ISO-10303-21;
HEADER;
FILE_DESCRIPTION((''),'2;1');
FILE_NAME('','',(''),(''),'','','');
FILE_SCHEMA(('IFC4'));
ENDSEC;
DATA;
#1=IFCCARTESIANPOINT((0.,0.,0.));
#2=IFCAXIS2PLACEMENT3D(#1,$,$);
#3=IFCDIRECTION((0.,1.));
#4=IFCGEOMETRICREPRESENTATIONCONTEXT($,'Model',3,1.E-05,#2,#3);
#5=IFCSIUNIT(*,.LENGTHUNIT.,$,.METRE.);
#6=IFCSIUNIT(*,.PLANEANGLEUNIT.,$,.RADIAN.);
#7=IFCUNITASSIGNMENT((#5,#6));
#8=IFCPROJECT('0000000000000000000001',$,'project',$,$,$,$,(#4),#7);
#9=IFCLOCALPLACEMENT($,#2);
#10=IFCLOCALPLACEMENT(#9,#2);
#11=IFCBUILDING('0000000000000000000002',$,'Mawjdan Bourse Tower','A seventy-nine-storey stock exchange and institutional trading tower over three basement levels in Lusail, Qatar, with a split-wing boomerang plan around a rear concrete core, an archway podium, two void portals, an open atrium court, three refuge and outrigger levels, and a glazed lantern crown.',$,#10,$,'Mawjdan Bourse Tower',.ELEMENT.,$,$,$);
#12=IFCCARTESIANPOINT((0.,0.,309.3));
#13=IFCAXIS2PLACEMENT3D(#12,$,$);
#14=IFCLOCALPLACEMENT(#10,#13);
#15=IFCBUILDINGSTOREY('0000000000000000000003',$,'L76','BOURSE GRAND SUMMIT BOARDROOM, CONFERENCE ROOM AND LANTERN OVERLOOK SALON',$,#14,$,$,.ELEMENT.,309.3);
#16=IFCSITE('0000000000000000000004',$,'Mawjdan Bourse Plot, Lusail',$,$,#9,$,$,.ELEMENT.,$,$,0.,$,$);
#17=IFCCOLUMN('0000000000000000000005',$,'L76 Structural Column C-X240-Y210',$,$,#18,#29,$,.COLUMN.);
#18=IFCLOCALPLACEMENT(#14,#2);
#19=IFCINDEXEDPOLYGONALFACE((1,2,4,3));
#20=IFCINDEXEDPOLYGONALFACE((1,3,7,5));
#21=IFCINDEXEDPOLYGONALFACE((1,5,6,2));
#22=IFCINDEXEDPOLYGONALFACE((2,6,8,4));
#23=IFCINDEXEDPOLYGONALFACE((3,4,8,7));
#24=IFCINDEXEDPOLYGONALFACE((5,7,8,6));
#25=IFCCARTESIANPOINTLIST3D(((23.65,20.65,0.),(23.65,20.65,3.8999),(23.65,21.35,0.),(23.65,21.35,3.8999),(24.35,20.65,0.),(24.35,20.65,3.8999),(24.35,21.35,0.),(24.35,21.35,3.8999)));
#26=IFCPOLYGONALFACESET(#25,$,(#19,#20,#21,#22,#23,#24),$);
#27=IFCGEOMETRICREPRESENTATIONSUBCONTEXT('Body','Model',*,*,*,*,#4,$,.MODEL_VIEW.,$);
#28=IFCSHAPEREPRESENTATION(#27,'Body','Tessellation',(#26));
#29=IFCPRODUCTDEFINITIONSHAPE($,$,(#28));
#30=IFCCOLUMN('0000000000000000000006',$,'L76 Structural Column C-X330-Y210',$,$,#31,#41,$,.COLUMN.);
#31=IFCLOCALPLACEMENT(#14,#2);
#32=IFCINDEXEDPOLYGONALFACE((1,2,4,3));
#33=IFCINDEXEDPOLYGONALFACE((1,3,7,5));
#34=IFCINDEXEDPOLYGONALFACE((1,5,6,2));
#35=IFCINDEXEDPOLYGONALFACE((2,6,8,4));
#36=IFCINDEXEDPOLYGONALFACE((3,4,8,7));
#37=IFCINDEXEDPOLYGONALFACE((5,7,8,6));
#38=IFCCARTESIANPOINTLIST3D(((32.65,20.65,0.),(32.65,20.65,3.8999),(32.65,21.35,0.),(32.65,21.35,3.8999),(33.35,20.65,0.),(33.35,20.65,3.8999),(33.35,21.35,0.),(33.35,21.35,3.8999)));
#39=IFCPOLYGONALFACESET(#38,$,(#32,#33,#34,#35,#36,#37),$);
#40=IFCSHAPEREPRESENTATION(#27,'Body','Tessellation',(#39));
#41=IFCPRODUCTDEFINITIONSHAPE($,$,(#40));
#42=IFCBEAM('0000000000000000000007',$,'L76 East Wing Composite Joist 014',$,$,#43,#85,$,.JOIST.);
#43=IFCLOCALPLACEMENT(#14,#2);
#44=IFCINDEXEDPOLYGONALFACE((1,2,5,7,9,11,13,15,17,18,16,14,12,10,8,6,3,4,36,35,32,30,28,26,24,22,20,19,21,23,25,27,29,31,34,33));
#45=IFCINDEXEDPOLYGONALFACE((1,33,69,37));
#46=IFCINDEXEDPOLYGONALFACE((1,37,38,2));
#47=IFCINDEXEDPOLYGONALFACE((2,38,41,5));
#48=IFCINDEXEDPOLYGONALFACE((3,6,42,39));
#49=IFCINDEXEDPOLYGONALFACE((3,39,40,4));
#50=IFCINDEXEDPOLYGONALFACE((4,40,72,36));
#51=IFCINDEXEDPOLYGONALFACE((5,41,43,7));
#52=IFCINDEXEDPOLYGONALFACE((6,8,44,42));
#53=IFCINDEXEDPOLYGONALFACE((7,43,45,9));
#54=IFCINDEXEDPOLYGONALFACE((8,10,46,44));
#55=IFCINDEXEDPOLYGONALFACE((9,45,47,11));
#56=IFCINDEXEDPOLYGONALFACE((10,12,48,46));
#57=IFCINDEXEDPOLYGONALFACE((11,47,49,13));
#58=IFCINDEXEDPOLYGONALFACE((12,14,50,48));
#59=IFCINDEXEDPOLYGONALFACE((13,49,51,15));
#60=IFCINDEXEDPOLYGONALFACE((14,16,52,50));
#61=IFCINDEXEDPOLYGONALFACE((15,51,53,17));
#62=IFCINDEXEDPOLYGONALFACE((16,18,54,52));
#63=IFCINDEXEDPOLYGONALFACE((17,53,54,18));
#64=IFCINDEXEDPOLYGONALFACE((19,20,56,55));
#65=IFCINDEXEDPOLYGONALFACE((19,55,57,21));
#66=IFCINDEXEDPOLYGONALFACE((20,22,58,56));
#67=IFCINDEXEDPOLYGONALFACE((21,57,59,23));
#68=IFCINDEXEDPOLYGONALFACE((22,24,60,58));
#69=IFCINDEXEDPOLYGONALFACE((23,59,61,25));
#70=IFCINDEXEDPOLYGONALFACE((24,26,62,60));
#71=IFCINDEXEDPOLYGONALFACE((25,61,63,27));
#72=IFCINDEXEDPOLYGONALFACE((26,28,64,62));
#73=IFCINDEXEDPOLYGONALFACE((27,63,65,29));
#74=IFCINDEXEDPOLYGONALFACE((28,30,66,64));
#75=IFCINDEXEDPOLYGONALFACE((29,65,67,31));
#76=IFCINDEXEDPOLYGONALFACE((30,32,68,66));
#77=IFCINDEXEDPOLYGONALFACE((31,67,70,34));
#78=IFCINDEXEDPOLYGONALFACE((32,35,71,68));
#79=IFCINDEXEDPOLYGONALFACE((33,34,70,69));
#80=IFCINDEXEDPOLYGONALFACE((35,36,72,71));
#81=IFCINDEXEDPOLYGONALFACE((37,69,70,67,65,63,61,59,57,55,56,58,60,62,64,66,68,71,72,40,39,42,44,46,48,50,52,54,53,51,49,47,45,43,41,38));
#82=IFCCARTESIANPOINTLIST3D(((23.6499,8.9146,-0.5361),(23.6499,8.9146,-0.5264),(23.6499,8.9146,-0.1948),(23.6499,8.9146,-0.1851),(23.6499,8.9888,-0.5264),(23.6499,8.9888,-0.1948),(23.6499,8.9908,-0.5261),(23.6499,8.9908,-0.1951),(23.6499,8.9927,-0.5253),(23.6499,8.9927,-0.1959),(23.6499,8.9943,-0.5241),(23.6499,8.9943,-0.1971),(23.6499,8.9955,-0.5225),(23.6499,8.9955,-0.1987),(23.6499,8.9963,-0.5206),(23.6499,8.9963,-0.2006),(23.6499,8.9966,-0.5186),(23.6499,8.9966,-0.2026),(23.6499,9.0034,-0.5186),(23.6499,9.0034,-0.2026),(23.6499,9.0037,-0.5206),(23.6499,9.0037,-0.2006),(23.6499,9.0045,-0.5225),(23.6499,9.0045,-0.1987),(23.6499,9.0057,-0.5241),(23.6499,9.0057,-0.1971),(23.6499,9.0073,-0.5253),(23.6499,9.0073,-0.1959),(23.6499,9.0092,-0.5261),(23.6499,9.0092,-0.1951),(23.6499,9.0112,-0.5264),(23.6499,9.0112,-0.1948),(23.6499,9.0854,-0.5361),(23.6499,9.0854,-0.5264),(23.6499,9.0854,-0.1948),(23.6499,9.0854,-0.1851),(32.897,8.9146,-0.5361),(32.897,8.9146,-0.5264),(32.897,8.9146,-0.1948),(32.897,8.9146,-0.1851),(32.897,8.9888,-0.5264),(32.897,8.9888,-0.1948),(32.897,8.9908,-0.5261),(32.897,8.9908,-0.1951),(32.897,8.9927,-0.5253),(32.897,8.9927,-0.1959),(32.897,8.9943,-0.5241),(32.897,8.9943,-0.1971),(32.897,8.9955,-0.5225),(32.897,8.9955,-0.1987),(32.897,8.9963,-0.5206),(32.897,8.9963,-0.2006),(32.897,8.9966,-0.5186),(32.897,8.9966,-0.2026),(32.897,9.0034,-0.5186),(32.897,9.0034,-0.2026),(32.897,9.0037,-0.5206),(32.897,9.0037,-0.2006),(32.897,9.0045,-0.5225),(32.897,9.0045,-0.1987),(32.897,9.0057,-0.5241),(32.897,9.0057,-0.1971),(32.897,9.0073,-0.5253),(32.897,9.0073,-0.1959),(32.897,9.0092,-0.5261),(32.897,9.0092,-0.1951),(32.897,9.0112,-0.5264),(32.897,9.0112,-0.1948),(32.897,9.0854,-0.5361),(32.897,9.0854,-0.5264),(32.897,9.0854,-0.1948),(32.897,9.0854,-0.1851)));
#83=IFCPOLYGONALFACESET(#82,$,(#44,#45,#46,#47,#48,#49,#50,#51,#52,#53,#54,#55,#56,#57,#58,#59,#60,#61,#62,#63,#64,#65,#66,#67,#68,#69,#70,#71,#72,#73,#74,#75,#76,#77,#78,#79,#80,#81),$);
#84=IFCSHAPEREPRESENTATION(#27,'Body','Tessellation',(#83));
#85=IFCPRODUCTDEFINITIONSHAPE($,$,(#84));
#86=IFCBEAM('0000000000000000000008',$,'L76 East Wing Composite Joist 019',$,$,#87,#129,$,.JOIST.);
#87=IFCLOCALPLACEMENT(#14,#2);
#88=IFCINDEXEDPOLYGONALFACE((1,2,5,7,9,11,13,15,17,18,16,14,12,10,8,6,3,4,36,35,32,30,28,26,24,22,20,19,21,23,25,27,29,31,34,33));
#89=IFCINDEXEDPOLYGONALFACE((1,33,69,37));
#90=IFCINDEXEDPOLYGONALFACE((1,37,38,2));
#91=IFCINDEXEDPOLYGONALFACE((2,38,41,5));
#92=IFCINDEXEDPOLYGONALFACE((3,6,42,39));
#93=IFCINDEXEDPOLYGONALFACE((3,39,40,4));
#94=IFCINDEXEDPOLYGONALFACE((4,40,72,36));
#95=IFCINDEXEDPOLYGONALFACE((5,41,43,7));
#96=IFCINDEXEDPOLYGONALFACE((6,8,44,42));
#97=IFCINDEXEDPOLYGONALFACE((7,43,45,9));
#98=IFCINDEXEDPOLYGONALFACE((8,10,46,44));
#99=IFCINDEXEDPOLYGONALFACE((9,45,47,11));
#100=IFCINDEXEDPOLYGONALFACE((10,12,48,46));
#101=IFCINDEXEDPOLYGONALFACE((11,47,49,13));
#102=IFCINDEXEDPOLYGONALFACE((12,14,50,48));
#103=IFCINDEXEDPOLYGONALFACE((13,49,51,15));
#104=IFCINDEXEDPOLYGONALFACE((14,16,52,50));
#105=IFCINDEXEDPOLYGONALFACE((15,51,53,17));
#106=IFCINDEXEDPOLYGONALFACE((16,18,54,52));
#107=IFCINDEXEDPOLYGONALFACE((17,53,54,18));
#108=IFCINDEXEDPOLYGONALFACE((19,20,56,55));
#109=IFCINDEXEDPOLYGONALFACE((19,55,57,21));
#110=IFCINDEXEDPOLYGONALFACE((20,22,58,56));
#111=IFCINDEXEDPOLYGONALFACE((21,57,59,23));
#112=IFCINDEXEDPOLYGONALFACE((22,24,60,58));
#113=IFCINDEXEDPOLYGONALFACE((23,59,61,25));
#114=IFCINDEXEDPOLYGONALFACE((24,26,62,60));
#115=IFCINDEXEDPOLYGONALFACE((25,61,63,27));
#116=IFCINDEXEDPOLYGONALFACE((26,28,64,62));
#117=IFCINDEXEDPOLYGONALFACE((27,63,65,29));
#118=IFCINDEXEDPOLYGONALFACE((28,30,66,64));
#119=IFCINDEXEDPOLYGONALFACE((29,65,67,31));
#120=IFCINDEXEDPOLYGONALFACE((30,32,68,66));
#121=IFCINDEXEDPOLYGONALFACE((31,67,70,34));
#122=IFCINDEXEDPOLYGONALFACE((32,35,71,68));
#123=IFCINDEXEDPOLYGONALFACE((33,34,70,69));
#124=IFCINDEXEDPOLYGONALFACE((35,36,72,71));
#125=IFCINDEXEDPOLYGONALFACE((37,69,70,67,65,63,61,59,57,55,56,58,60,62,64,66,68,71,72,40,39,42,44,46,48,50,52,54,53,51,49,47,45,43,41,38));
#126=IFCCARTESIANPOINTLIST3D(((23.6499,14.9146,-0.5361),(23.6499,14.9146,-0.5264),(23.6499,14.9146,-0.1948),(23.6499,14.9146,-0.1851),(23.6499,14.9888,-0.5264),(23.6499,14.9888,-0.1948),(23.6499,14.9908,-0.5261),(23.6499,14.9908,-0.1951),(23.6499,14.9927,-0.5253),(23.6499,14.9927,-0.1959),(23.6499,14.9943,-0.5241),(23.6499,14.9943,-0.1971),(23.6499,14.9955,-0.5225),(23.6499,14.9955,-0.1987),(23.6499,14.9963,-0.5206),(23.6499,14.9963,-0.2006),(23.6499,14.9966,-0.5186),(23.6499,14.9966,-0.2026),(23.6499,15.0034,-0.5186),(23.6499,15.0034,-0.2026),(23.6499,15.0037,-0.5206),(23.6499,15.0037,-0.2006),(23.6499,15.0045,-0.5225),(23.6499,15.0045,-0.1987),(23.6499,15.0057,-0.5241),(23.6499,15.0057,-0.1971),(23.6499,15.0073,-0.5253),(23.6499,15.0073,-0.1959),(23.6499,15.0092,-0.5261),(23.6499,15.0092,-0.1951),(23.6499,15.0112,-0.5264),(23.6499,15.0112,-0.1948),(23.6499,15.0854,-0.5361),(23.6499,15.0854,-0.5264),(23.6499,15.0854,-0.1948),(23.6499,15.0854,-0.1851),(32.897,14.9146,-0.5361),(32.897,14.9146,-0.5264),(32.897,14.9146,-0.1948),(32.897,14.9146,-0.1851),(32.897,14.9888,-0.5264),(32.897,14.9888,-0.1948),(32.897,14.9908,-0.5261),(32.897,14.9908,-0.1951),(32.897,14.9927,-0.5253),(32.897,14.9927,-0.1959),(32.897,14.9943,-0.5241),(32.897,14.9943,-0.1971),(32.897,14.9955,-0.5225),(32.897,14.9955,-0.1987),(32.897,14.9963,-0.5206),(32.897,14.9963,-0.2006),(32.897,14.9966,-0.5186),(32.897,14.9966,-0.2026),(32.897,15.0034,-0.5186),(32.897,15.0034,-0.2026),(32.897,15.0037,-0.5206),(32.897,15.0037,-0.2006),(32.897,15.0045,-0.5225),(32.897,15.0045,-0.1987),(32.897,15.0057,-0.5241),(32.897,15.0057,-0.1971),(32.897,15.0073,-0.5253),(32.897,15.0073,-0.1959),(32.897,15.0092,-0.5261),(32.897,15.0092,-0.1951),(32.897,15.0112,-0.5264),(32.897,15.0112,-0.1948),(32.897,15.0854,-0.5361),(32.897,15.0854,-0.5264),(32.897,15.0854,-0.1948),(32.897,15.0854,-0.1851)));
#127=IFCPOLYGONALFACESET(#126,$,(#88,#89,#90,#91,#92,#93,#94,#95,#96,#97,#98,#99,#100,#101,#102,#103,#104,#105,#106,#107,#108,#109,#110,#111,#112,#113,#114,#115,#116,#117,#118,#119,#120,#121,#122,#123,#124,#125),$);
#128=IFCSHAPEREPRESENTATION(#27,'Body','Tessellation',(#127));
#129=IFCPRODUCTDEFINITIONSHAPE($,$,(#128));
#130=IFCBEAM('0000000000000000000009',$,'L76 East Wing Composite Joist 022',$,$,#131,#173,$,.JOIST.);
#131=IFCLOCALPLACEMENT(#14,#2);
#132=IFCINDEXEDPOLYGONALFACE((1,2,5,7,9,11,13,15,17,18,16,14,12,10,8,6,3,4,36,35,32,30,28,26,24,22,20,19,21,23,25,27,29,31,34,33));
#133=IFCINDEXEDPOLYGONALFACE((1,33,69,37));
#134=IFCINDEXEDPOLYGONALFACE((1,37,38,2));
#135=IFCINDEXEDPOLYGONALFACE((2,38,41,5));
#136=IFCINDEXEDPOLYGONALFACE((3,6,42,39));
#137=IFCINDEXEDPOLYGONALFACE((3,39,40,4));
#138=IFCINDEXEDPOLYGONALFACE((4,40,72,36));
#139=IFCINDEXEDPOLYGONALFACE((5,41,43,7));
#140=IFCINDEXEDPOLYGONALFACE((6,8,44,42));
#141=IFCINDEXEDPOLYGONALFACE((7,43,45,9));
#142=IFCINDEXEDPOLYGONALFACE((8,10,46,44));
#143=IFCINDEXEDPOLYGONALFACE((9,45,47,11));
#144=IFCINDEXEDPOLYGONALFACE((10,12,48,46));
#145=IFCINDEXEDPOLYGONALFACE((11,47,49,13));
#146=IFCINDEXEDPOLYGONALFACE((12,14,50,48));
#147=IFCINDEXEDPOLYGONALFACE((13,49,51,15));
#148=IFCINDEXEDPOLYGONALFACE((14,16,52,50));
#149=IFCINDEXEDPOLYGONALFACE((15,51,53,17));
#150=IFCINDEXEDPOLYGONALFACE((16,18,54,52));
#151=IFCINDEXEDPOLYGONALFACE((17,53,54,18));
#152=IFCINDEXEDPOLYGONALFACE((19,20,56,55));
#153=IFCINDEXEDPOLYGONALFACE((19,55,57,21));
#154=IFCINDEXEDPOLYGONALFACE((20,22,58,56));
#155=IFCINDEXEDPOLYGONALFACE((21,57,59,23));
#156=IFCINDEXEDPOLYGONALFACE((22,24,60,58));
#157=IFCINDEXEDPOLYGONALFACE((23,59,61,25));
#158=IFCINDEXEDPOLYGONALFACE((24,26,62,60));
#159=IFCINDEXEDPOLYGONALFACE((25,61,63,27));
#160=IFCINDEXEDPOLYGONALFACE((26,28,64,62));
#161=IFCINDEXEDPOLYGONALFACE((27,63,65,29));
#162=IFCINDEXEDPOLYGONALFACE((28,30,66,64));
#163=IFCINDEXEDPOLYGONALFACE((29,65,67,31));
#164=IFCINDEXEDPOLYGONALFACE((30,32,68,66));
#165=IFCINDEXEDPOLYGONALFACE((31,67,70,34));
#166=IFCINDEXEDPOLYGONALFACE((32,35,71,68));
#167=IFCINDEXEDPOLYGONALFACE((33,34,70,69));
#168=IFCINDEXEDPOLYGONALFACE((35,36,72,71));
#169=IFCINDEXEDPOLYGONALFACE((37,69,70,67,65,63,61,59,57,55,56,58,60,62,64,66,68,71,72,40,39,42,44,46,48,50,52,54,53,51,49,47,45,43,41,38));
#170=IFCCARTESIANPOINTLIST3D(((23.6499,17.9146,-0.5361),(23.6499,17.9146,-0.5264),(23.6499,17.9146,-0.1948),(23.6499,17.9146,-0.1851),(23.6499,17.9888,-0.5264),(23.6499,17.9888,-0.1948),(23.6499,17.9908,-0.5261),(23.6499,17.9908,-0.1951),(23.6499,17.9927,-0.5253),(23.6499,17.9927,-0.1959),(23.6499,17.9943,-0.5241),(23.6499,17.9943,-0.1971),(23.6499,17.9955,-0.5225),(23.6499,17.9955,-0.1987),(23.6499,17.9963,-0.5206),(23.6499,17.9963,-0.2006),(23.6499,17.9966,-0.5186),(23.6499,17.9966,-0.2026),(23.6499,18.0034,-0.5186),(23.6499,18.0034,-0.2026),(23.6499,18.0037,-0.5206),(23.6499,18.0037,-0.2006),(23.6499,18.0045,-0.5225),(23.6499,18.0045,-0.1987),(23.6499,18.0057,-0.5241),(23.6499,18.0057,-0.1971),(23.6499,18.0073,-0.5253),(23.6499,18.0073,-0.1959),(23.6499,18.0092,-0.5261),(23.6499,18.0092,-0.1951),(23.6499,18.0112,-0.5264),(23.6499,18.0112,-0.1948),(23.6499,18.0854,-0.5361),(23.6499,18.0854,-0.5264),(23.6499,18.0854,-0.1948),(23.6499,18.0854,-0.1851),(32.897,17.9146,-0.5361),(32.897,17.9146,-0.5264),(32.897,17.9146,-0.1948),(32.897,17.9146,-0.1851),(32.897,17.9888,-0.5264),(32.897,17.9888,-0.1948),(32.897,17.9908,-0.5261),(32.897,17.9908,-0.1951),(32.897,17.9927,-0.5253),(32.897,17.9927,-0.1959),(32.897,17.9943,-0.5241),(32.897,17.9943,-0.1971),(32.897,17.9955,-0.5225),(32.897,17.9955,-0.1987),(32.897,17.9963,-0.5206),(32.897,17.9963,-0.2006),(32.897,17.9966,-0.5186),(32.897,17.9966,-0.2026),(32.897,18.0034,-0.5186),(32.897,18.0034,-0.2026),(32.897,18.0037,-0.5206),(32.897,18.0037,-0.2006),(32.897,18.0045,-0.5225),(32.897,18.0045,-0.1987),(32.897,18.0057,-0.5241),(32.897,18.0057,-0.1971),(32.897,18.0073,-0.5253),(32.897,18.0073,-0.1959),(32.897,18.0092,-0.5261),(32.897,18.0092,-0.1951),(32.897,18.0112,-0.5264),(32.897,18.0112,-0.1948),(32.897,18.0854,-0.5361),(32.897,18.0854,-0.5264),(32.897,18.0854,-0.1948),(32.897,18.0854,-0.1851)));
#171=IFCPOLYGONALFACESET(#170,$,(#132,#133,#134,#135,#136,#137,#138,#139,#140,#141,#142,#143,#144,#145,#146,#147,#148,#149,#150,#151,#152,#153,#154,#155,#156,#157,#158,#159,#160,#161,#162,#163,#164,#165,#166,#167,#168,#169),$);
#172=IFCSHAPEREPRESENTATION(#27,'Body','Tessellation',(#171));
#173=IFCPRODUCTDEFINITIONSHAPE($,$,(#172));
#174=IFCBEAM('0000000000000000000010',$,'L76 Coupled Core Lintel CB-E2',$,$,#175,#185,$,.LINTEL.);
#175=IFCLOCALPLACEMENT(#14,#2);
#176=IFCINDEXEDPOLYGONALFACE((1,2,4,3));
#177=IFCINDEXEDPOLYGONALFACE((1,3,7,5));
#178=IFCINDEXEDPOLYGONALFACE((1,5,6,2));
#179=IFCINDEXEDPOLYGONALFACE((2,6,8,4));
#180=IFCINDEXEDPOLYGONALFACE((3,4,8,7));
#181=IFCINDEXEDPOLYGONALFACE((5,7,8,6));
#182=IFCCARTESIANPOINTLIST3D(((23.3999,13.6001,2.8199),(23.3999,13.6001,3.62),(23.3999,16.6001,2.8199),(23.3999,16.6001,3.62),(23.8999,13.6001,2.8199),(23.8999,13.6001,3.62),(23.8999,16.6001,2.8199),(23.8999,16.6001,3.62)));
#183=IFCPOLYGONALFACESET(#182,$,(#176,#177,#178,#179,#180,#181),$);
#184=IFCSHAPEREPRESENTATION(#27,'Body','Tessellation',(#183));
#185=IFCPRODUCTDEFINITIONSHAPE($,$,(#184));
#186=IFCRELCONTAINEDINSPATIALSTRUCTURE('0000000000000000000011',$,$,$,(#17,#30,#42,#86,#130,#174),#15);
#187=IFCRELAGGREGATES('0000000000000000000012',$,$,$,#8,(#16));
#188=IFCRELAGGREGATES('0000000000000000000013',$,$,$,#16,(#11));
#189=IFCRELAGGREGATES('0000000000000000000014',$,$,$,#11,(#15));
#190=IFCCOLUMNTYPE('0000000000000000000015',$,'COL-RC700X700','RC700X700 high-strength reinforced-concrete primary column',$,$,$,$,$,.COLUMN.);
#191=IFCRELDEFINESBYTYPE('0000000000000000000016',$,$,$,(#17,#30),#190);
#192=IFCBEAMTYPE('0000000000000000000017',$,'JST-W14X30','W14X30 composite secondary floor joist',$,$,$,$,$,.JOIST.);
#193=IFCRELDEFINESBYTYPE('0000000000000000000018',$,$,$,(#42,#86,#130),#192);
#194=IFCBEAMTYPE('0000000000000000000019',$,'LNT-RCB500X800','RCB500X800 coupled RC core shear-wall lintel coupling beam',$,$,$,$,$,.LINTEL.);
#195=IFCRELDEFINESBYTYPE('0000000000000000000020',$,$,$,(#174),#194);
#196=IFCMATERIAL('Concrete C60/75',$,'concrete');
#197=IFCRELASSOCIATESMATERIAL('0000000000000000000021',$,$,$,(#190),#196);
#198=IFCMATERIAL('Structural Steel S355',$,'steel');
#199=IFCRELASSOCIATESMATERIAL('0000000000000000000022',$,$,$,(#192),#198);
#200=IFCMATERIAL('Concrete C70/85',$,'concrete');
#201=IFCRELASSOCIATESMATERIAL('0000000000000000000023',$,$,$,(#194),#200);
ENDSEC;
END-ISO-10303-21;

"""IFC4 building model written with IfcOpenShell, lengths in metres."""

from ifc_helpers import new_model, si_unit, direction, frame, origin, origin_2d, place, context, subcontext, project, spatial, rectangle, i_section, extrude, material, material_profile, profile_set, type_object, element, save


model = new_model("IFC4")

# Units and contexts
model_context = context("Model", 3, precision=1e-05, world=origin(), true_north=direction((0.0, 1.0)))
body_context = subcontext(model_context, "Body", "Model", "MODEL_VIEW")
ifc_project = project(units=[si_unit("LENGTHUNIT", "METRE"), si_unit("PLANEANGLEUNIT", "RADIAN")], contexts=[model_context])

# Site, building, storey
site_placement = place(None, origin())
site = spatial("IfcSite", under=ifc_project, at=site_placement, Name="Mawjdan Bourse Plot, Lusail", CompositionType="ELEMENT", RefElevation=0.0)
building_placement = place(site_placement, origin())
building = spatial("IfcBuilding", under=site, at=building_placement, Name="Mawjdan Bourse Tower", Description="A seventy-nine-storey stock exchange and institutional trading tower over three basement levels in Lusail, Qatar, with a split-wing boomerang plan around a rear concrete core, an archway podium, two void portals, an open atrium court, three refuge and outrigger levels, and a glazed lantern crown.", LongName="Mawjdan Bourse Tower", CompositionType="ELEMENT")
storey_placement = place(building_placement, frame((0.0, 0.0, 309.3)))
storey = spatial("IfcBuildingStorey", under=building, at=storey_placement, Name="L76", Description="BOURSE GRAND SUMMIT BOARDROOM, CONFERENCE ROOM AND LANTERN OVERLOOK SALON", CompositionType="ELEMENT", Elevation=309.3)

# Columns
ifc_material_1 = material(Name="Concrete C60/75", Category="concrete")
ifc_material_profile_1 = material_profile(ifc_material_1, rectangle(XDim=0.7, YDim=0.7, at=origin_2d()), Name="RC700X700")
ifc_profile_set_1 = profile_set([ifc_material_profile_1], Name="Concrete C60/75")
column_type = type_object("IfcColumnType", Name="COL-RC700X700", Description="RC700X700 high-strength reinforced-concrete primary column", PredefinedType="COLUMN", material=ifc_profile_set_1)
for number, where, z_axis, x_axis, name in (
    (1, (24.0, 21.0, 0.0), (0.0, 0.0, 1.0), (1.0, 0.0, 0.0), "L76 Structural Column C-X240-Y210"),
    (2, (33.0, 21.0, 0.0), (0.0, 0.0, 1.0), (1.0, 0.0, 0.0), "L76 Structural Column C-X330-Y210"),
):
    element("IfcColumn", number, at=place(storey_placement, frame(where, z_axis=z_axis, x_axis=x_axis)), inside=storey, type_object=column_type, Name=name, PredefinedType="COLUMN", context=body_context, shape_type="SweptSolid", body=[
        extrude(rectangle(XDim=0.7, YDim=0.7, at=origin_2d()), origin(), (0.0, 0.0, 1.0), 3.8999),
    ])

# Beams
ifc_material_2 = material(Name="Structural Steel S355", Category="steel")
ifc_material_profile_2 = material_profile(ifc_material_2, i_section(OverallWidth=0.1709, OverallDepth=0.3511, WebThickness=0.0068, FlangeThickness=0.0098, FilletRadius=0.0078, at=origin_2d()), Name="W14X30")
ifc_profile_set_2 = profile_set([ifc_material_profile_2], Name="Structural Steel S355")
beam_type_1 = type_object("IfcBeamType", Name="JST-W14X30", Description="W14X30 composite secondary floor joist", PredefinedType="JOIST", material=ifc_profile_set_2)
for number, where, z_axis, x_axis, name in (
    (3, (23.6499, 9.0, -0.3606), (1.0, 0.0, 0.0), (0.0, 1.0, 0.0), "L76 East Wing Composite Joist 014"),
    (4, (23.6499, 15.0, -0.3606), (1.0, 0.0, 0.0), (0.0, 1.0, 0.0), "L76 East Wing Composite Joist 019"),
    (5, (23.6499, 18.0, -0.3606), (1.0, 0.0, 0.0), (0.0, 1.0, 0.0), "L76 East Wing Composite Joist 022"),
):
    element("IfcBeam", number, at=place(storey_placement, frame(where, z_axis=z_axis, x_axis=x_axis)), inside=storey, type_object=beam_type_1, Name=name, PredefinedType="JOIST", context=body_context, shape_type="SweptSolid", body=[
        extrude(i_section(OverallWidth=0.1709, OverallDepth=0.3511, WebThickness=0.0068, FlangeThickness=0.0098, FilletRadius=0.0078, at=origin_2d()), origin(), (0.0, 0.0, 1.0), 9.2471),
    ])
ifc_material_3 = material(Name="Concrete C70/85", Category="concrete")
ifc_material_profile_3 = material_profile(ifc_material_3, rectangle(XDim=0.5, YDim=0.8, at=origin_2d()), Name="RCB500X800")
ifc_profile_set_3 = profile_set([ifc_material_profile_3], Name="Concrete C70/85")
beam_type_2 = type_object("IfcBeamType", Name="LNT-RCB500X800", Description="RCB500X800 coupled RC core shear-wall lintel coupling beam", PredefinedType="LINTEL", material=ifc_profile_set_3)
beam_1_placement = place(storey_placement, frame((23.6499, 13.6001, 3.22), z_axis=(0.0, 1.0, 0.0), x_axis=(-1.0, 0.0, 0.0)))
element("IfcBeam", 6, at=beam_1_placement, inside=storey, type_object=beam_type_2, Name="L76 Coupled Core Lintel CB-E2", PredefinedType="LINTEL", context=body_context, shape_type="SweptSolid", body=[
    extrude(rectangle(XDim=0.5, YDim=0.8, at=origin_2d()), origin(), (0.0, 0.0, 1.0), 3.0),
])

save(model, "model.ifc")
